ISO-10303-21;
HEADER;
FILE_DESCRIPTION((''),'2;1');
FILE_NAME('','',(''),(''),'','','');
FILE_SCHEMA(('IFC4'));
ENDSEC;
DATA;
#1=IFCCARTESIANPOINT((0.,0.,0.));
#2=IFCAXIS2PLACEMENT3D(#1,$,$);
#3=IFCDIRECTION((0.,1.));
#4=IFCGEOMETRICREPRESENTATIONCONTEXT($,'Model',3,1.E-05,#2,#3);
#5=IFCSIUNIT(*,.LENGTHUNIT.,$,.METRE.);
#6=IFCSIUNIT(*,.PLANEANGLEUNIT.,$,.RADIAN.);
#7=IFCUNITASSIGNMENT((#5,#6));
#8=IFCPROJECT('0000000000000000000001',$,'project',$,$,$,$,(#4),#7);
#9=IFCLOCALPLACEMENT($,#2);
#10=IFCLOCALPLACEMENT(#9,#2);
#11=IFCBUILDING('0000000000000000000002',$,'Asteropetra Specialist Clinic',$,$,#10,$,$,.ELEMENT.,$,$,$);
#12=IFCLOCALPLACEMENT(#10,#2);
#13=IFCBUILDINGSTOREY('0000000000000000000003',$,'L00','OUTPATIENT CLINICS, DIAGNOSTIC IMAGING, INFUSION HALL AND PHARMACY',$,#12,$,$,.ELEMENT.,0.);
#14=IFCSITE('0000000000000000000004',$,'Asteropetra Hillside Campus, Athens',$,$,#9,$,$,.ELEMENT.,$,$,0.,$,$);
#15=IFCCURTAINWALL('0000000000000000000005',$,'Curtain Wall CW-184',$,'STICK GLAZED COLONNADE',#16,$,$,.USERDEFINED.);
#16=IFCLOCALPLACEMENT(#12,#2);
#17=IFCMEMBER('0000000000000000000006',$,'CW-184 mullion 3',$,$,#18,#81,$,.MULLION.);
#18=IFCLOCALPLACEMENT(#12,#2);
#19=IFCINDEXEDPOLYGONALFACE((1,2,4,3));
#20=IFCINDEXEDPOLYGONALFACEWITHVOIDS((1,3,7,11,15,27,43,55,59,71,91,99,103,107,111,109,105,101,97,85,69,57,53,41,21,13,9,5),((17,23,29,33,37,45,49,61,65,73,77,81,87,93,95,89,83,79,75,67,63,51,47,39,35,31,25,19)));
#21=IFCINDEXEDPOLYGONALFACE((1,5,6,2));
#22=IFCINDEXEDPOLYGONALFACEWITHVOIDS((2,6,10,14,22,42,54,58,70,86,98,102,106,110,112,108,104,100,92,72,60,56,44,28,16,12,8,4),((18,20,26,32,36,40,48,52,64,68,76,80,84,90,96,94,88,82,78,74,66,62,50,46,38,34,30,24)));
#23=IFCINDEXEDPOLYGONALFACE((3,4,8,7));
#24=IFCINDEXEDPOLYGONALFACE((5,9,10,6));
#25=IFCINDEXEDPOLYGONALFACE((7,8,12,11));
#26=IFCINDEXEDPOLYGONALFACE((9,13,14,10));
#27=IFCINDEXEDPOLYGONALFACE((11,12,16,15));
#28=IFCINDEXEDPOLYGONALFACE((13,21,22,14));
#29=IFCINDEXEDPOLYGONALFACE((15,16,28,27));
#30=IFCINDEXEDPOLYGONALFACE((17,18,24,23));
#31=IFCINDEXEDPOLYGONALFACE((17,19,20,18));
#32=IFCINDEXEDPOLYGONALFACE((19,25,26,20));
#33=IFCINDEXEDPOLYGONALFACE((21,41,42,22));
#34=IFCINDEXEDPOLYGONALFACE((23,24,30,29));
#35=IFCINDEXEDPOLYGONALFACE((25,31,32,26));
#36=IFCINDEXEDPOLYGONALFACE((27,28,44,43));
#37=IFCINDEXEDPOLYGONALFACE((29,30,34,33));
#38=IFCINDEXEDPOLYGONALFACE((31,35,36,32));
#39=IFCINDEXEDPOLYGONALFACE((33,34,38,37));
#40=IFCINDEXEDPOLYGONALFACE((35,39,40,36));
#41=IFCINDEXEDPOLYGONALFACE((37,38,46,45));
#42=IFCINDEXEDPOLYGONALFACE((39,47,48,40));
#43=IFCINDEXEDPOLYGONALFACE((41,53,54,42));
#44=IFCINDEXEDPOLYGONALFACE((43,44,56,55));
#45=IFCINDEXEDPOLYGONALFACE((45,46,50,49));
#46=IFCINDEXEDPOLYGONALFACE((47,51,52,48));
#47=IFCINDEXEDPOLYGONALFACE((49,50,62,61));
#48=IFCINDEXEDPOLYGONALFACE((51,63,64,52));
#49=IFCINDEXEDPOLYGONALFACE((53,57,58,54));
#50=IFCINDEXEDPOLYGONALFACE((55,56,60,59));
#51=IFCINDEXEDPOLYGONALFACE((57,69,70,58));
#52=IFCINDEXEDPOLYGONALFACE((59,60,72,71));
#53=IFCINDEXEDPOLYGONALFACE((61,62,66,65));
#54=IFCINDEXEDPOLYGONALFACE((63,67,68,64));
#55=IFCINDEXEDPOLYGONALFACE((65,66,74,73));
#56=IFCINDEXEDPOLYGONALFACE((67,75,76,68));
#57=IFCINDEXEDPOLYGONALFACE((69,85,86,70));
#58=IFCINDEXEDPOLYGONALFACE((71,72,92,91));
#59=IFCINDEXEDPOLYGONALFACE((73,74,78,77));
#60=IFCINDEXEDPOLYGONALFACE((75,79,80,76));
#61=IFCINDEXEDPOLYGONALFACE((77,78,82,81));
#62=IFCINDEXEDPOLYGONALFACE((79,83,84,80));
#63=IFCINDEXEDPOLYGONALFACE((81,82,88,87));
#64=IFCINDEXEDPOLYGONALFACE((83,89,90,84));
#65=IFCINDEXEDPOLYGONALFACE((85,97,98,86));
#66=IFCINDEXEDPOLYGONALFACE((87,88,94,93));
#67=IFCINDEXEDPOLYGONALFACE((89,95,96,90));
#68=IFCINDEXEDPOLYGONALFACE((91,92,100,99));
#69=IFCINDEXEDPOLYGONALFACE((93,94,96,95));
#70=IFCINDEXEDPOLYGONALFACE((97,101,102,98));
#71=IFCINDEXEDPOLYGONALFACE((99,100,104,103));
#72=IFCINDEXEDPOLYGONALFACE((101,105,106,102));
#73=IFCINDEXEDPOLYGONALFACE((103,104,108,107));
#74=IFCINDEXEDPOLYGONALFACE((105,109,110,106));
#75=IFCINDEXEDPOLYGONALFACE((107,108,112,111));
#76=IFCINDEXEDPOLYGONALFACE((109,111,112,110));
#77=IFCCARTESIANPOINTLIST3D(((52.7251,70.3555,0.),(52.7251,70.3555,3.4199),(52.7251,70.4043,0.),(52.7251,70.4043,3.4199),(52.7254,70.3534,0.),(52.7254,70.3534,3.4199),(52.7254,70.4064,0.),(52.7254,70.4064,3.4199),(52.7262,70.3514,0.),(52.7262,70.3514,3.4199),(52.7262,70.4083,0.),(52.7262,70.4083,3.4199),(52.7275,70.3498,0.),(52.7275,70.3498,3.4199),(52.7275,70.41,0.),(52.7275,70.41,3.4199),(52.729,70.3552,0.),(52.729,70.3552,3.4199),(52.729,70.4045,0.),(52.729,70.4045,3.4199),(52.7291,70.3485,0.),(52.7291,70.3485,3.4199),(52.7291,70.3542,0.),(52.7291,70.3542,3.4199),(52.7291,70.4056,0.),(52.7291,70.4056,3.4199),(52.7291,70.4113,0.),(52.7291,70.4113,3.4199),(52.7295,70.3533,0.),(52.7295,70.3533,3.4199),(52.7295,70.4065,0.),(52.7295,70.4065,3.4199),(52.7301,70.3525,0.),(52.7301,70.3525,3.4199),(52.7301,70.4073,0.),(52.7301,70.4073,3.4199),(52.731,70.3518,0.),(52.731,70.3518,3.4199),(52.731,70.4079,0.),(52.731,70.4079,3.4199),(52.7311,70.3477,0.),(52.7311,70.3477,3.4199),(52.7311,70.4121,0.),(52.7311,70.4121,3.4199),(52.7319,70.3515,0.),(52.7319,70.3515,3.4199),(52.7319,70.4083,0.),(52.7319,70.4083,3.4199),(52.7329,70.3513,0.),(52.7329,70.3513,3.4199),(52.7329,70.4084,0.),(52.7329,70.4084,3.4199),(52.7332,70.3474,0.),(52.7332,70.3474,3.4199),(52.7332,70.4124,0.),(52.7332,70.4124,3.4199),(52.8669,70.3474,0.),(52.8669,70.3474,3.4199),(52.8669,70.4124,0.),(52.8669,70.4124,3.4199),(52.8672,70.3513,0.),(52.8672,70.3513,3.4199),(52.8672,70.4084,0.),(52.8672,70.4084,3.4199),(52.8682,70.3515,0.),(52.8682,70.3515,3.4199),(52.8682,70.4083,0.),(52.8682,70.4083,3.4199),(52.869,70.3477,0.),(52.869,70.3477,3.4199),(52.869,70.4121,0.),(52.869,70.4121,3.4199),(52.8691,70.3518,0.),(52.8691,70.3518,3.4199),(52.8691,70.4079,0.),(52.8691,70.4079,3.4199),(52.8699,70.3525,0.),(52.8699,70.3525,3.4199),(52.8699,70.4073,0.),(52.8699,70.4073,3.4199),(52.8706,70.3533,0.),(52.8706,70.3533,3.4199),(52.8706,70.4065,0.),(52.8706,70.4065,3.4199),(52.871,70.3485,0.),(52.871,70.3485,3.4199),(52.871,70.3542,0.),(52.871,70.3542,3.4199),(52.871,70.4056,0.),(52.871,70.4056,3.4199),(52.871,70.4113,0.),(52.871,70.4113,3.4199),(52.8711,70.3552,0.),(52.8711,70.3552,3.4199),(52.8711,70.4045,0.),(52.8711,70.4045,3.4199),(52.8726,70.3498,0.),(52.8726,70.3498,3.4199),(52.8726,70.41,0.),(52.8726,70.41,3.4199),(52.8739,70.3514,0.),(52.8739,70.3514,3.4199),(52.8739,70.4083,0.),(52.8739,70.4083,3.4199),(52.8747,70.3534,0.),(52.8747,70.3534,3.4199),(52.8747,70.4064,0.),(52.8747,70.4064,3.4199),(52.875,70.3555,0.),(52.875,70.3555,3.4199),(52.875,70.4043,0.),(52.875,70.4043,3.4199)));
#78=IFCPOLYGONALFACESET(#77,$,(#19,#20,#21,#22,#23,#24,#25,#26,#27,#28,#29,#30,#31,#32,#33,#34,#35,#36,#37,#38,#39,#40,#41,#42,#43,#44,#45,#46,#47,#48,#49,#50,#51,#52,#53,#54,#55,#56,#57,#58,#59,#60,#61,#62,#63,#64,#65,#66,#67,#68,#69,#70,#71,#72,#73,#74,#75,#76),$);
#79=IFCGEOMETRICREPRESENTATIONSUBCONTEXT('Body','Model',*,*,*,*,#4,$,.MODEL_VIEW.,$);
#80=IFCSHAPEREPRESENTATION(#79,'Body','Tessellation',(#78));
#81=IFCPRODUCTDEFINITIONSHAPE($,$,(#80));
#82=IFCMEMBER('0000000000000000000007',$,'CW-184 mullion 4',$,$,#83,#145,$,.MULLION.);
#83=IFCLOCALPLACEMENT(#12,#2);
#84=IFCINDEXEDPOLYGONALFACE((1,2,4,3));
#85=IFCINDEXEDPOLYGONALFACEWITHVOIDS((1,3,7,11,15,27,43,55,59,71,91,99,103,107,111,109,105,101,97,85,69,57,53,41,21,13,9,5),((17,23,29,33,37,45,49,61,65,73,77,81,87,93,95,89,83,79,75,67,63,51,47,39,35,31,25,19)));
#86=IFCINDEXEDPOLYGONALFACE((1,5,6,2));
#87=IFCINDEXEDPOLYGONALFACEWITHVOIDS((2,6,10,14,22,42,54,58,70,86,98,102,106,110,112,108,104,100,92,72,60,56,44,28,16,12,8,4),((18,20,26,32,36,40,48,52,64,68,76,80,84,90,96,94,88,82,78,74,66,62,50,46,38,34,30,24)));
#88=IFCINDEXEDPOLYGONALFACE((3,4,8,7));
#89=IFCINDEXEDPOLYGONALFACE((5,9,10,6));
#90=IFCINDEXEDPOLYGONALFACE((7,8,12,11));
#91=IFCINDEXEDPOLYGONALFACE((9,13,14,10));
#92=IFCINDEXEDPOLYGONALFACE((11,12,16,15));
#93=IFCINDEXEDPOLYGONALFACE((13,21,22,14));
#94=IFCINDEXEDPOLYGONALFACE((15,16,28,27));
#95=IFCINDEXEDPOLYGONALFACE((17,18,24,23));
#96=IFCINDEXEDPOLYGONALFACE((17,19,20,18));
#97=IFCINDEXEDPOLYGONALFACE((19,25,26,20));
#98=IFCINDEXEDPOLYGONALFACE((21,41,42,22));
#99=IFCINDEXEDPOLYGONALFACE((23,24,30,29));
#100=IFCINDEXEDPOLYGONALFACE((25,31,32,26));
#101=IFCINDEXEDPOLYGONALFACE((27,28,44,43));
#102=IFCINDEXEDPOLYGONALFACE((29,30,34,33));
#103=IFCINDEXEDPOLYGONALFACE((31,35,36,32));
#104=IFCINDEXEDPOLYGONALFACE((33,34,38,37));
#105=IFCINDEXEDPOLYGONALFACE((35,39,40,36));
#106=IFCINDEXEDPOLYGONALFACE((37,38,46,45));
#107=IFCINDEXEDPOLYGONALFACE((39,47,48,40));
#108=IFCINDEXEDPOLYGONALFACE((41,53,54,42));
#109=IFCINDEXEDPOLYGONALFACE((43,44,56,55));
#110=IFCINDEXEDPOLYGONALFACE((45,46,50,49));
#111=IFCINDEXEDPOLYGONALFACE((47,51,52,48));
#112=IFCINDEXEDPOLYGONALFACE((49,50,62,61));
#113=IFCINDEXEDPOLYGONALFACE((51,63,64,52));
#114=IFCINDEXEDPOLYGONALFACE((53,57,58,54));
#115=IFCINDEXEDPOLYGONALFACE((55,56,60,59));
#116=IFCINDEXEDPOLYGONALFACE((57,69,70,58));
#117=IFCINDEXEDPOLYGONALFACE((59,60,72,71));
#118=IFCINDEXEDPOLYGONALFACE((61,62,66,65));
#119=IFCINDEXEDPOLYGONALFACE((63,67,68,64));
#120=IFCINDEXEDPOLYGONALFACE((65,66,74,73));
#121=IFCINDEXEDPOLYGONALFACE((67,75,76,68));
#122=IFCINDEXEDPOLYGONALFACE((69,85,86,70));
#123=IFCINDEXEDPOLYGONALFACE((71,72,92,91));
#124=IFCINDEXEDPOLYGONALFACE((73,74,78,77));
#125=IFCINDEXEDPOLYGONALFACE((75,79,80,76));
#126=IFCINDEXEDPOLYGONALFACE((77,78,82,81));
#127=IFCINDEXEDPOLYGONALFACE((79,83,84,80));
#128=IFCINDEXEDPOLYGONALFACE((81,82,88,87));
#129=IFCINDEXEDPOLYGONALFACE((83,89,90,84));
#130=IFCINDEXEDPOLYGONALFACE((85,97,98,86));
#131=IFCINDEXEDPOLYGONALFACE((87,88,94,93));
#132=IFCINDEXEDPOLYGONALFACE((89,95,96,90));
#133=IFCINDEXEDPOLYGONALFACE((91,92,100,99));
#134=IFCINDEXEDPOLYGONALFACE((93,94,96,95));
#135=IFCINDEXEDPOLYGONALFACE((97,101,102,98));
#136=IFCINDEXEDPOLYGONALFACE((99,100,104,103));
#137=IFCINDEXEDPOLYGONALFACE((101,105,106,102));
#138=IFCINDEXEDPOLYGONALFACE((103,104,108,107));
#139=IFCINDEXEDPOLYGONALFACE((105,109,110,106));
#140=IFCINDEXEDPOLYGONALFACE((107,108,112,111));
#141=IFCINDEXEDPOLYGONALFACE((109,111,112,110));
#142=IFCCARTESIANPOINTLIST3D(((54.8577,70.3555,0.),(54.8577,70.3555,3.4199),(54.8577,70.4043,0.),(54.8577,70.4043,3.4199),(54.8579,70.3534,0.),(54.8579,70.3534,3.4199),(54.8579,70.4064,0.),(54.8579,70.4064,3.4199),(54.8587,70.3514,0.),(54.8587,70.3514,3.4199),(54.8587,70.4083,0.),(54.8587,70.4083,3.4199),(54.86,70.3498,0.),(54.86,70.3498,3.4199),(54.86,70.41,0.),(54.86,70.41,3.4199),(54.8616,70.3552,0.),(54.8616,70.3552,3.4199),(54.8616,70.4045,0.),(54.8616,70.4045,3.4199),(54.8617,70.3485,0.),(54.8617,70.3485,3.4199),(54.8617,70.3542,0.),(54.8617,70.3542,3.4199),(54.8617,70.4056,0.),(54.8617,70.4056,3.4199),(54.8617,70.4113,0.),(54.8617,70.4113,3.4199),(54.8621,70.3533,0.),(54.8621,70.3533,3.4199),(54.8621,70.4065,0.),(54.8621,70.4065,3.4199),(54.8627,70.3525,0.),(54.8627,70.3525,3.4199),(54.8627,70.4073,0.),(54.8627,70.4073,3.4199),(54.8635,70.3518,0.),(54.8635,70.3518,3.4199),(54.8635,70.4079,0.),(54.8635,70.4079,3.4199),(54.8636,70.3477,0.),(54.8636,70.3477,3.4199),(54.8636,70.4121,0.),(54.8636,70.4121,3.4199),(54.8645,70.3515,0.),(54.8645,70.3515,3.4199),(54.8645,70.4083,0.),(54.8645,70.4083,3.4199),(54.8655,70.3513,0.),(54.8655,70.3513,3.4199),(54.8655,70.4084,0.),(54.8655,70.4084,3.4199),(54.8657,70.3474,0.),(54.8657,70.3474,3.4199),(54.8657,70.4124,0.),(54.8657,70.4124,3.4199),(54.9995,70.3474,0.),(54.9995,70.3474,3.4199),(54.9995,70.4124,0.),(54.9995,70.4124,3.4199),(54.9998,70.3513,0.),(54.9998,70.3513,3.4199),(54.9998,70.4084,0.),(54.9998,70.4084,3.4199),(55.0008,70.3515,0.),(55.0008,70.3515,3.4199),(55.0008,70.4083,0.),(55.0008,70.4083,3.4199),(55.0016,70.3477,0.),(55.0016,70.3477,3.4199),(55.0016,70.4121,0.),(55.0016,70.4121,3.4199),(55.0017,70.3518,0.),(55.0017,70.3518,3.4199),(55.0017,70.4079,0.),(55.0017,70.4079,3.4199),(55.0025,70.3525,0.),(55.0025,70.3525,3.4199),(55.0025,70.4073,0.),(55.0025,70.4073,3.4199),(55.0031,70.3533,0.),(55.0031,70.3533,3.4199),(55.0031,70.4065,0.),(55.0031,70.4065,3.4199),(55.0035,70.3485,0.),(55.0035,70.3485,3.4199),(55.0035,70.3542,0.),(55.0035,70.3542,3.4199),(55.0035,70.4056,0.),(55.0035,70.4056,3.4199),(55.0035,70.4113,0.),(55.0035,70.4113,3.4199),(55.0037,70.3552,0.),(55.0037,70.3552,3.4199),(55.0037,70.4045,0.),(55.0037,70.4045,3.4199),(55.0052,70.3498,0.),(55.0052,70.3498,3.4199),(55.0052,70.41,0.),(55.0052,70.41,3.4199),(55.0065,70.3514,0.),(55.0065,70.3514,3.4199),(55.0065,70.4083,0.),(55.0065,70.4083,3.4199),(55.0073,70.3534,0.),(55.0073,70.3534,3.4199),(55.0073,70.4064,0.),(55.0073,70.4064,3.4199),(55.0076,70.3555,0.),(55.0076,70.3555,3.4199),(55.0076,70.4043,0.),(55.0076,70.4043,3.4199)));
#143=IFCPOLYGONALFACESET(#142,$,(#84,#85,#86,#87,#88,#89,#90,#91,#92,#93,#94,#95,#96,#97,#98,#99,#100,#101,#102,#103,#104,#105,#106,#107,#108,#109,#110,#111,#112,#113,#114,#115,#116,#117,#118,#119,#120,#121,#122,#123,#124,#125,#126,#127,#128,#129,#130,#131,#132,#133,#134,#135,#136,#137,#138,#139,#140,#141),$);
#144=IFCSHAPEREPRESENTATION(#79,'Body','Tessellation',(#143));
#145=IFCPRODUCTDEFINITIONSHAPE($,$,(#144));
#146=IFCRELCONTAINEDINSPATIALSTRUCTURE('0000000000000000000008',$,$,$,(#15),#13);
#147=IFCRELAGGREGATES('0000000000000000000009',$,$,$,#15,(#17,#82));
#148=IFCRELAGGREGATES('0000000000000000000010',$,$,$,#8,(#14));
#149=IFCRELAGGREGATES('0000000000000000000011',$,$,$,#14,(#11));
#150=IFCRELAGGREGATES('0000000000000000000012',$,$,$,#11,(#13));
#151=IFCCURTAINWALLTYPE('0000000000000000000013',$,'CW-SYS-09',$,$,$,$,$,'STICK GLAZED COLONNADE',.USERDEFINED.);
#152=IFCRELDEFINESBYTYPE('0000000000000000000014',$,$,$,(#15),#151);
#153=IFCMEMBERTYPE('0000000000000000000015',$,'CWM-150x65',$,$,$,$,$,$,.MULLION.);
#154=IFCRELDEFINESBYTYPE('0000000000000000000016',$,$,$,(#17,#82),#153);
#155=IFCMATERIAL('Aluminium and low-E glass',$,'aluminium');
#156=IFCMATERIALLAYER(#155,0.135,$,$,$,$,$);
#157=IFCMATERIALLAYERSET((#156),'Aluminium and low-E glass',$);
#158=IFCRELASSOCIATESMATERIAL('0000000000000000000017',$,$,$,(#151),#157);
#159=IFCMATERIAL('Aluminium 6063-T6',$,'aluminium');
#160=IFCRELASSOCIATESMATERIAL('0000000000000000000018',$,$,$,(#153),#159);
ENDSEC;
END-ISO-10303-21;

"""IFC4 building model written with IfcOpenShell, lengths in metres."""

from ifc_helpers import new_model, si_unit, direction, frame, origin, origin_2d, place, context, subcontext, project, spatial, hollow_rectangle, extrude, material, layer, layer_set, material_profile, profile_set, type_object, element, aggregate, save


model = new_model("IFC4")

# Units and contexts
model_context = context("Model", 3, precision=1e-05, world=origin(), true_north=direction((0.0, 1.0)))
body_context = subcontext(model_context, "Body", "Model", "MODEL_VIEW")
ifc_project = project(units=[si_unit("LENGTHUNIT", "METRE"), si_unit("PLANEANGLEUNIT", "RADIAN")], contexts=[model_context])

# Site, building, storey
site_placement = place(None, origin())
site = spatial("IfcSite", under=ifc_project, at=site_placement, Name="Asteropetra Hillside Campus, Athens", CompositionType="ELEMENT", RefElevation=0.0)
building_placement = place(site_placement, origin())
building = spatial("IfcBuilding", under=site, at=building_placement, Name="Asteropetra Specialist Clinic", CompositionType="ELEMENT")
storey_placement = place(building_placement, origin())
storey = spatial("IfcBuildingStorey", under=building, at=storey_placement, Name="L00", Description="OUTPATIENT CLINICS, DIAGNOSTIC IMAGING, INFUSION HALL AND PHARMACY", CompositionType="ELEMENT", Elevation=0.0)

# Curtain wall, members
ifc_material_1 = material(Name="Aluminium and low-E glass", Category="aluminium")
ifc_layer_1 = layer(ifc_material_1, 0.135)
ifc_layer_set_1 = layer_set([ifc_layer_1], Name="Aluminium and low-E glass")
curtain_wall_type_1 = type_object("IfcCurtainWallType", Name="CW-SYS-09", ElementType="STICK GLAZED COLONNADE", PredefinedType="USERDEFINED", material=ifc_layer_set_1)
curtain_wall_1_placement = place(storey_placement, origin())
curtain_wall_1 = element("IfcCurtainWall", 1, at=curtain_wall_1_placement, inside=storey, type_object=curtain_wall_type_1, Name="Curtain Wall CW-184", ObjectType="STICK GLAZED COLONNADE", PredefinedType="USERDEFINED")
ifc_material_2 = material(Name="Aluminium 6063-T6", Category="aluminium")
ifc_material_profile_1 = material_profile(ifc_material_2, hollow_rectangle(XDim=0.0649, YDim=0.1499, WallThickness=0.0039, InnerFilletRadius=0.0039, OuterFilletRadius=0.0081, at=origin_2d()), Name="MUL 150x65x4.0")
ifc_profile_set_1 = profile_set([ifc_material_profile_1], Name="Aluminium 6063-T6")
member_type_1 = type_object("IfcMemberType", Name="CWM-150x65", PredefinedType="MULLION", material=ifc_profile_set_1)
member_1_placement = place(storey_placement, frame((52.8, 70.3799, 0.0), z_axis=(0.0, 0.0, 1.0), x_axis=(0.0, 1.0, 0.0)))
member_1 = element("IfcMember", 2, at=member_1_placement, type_object=member_type_1, Name="CW-184 mullion 3", PredefinedType="MULLION", context=body_context, shape_type="SweptSolid", body=[
    extrude(hollow_rectangle(XDim=0.0649, YDim=0.1499, WallThickness=0.0039, InnerFilletRadius=0.0039, OuterFilletRadius=0.0081, at=origin_2d()), origin(), (0.0, 0.0, 1.0), 3.4199),
])
member_2_placement = place(storey_placement, frame((54.9326, 70.3799, 0.0), z_axis=(0.0, 0.0, 1.0), x_axis=(0.0, 1.0, 0.0)))
member_2 = element("IfcMember", 3, at=member_2_placement, type_object=member_type_1, Name="CW-184 mullion 4", PredefinedType="MULLION", context=body_context, shape_type="SweptSolid", body=[
    extrude(hollow_rectangle(XDim=0.0649, YDim=0.1499, WallThickness=0.0039, InnerFilletRadius=0.0039, OuterFilletRadius=0.0081, at=origin_2d()), origin(), (0.0, 0.0, 1.0), 3.4199),
])

aggregate(curtain_wall_1, [member_1, member_2])

save(model, "model.ifc")
